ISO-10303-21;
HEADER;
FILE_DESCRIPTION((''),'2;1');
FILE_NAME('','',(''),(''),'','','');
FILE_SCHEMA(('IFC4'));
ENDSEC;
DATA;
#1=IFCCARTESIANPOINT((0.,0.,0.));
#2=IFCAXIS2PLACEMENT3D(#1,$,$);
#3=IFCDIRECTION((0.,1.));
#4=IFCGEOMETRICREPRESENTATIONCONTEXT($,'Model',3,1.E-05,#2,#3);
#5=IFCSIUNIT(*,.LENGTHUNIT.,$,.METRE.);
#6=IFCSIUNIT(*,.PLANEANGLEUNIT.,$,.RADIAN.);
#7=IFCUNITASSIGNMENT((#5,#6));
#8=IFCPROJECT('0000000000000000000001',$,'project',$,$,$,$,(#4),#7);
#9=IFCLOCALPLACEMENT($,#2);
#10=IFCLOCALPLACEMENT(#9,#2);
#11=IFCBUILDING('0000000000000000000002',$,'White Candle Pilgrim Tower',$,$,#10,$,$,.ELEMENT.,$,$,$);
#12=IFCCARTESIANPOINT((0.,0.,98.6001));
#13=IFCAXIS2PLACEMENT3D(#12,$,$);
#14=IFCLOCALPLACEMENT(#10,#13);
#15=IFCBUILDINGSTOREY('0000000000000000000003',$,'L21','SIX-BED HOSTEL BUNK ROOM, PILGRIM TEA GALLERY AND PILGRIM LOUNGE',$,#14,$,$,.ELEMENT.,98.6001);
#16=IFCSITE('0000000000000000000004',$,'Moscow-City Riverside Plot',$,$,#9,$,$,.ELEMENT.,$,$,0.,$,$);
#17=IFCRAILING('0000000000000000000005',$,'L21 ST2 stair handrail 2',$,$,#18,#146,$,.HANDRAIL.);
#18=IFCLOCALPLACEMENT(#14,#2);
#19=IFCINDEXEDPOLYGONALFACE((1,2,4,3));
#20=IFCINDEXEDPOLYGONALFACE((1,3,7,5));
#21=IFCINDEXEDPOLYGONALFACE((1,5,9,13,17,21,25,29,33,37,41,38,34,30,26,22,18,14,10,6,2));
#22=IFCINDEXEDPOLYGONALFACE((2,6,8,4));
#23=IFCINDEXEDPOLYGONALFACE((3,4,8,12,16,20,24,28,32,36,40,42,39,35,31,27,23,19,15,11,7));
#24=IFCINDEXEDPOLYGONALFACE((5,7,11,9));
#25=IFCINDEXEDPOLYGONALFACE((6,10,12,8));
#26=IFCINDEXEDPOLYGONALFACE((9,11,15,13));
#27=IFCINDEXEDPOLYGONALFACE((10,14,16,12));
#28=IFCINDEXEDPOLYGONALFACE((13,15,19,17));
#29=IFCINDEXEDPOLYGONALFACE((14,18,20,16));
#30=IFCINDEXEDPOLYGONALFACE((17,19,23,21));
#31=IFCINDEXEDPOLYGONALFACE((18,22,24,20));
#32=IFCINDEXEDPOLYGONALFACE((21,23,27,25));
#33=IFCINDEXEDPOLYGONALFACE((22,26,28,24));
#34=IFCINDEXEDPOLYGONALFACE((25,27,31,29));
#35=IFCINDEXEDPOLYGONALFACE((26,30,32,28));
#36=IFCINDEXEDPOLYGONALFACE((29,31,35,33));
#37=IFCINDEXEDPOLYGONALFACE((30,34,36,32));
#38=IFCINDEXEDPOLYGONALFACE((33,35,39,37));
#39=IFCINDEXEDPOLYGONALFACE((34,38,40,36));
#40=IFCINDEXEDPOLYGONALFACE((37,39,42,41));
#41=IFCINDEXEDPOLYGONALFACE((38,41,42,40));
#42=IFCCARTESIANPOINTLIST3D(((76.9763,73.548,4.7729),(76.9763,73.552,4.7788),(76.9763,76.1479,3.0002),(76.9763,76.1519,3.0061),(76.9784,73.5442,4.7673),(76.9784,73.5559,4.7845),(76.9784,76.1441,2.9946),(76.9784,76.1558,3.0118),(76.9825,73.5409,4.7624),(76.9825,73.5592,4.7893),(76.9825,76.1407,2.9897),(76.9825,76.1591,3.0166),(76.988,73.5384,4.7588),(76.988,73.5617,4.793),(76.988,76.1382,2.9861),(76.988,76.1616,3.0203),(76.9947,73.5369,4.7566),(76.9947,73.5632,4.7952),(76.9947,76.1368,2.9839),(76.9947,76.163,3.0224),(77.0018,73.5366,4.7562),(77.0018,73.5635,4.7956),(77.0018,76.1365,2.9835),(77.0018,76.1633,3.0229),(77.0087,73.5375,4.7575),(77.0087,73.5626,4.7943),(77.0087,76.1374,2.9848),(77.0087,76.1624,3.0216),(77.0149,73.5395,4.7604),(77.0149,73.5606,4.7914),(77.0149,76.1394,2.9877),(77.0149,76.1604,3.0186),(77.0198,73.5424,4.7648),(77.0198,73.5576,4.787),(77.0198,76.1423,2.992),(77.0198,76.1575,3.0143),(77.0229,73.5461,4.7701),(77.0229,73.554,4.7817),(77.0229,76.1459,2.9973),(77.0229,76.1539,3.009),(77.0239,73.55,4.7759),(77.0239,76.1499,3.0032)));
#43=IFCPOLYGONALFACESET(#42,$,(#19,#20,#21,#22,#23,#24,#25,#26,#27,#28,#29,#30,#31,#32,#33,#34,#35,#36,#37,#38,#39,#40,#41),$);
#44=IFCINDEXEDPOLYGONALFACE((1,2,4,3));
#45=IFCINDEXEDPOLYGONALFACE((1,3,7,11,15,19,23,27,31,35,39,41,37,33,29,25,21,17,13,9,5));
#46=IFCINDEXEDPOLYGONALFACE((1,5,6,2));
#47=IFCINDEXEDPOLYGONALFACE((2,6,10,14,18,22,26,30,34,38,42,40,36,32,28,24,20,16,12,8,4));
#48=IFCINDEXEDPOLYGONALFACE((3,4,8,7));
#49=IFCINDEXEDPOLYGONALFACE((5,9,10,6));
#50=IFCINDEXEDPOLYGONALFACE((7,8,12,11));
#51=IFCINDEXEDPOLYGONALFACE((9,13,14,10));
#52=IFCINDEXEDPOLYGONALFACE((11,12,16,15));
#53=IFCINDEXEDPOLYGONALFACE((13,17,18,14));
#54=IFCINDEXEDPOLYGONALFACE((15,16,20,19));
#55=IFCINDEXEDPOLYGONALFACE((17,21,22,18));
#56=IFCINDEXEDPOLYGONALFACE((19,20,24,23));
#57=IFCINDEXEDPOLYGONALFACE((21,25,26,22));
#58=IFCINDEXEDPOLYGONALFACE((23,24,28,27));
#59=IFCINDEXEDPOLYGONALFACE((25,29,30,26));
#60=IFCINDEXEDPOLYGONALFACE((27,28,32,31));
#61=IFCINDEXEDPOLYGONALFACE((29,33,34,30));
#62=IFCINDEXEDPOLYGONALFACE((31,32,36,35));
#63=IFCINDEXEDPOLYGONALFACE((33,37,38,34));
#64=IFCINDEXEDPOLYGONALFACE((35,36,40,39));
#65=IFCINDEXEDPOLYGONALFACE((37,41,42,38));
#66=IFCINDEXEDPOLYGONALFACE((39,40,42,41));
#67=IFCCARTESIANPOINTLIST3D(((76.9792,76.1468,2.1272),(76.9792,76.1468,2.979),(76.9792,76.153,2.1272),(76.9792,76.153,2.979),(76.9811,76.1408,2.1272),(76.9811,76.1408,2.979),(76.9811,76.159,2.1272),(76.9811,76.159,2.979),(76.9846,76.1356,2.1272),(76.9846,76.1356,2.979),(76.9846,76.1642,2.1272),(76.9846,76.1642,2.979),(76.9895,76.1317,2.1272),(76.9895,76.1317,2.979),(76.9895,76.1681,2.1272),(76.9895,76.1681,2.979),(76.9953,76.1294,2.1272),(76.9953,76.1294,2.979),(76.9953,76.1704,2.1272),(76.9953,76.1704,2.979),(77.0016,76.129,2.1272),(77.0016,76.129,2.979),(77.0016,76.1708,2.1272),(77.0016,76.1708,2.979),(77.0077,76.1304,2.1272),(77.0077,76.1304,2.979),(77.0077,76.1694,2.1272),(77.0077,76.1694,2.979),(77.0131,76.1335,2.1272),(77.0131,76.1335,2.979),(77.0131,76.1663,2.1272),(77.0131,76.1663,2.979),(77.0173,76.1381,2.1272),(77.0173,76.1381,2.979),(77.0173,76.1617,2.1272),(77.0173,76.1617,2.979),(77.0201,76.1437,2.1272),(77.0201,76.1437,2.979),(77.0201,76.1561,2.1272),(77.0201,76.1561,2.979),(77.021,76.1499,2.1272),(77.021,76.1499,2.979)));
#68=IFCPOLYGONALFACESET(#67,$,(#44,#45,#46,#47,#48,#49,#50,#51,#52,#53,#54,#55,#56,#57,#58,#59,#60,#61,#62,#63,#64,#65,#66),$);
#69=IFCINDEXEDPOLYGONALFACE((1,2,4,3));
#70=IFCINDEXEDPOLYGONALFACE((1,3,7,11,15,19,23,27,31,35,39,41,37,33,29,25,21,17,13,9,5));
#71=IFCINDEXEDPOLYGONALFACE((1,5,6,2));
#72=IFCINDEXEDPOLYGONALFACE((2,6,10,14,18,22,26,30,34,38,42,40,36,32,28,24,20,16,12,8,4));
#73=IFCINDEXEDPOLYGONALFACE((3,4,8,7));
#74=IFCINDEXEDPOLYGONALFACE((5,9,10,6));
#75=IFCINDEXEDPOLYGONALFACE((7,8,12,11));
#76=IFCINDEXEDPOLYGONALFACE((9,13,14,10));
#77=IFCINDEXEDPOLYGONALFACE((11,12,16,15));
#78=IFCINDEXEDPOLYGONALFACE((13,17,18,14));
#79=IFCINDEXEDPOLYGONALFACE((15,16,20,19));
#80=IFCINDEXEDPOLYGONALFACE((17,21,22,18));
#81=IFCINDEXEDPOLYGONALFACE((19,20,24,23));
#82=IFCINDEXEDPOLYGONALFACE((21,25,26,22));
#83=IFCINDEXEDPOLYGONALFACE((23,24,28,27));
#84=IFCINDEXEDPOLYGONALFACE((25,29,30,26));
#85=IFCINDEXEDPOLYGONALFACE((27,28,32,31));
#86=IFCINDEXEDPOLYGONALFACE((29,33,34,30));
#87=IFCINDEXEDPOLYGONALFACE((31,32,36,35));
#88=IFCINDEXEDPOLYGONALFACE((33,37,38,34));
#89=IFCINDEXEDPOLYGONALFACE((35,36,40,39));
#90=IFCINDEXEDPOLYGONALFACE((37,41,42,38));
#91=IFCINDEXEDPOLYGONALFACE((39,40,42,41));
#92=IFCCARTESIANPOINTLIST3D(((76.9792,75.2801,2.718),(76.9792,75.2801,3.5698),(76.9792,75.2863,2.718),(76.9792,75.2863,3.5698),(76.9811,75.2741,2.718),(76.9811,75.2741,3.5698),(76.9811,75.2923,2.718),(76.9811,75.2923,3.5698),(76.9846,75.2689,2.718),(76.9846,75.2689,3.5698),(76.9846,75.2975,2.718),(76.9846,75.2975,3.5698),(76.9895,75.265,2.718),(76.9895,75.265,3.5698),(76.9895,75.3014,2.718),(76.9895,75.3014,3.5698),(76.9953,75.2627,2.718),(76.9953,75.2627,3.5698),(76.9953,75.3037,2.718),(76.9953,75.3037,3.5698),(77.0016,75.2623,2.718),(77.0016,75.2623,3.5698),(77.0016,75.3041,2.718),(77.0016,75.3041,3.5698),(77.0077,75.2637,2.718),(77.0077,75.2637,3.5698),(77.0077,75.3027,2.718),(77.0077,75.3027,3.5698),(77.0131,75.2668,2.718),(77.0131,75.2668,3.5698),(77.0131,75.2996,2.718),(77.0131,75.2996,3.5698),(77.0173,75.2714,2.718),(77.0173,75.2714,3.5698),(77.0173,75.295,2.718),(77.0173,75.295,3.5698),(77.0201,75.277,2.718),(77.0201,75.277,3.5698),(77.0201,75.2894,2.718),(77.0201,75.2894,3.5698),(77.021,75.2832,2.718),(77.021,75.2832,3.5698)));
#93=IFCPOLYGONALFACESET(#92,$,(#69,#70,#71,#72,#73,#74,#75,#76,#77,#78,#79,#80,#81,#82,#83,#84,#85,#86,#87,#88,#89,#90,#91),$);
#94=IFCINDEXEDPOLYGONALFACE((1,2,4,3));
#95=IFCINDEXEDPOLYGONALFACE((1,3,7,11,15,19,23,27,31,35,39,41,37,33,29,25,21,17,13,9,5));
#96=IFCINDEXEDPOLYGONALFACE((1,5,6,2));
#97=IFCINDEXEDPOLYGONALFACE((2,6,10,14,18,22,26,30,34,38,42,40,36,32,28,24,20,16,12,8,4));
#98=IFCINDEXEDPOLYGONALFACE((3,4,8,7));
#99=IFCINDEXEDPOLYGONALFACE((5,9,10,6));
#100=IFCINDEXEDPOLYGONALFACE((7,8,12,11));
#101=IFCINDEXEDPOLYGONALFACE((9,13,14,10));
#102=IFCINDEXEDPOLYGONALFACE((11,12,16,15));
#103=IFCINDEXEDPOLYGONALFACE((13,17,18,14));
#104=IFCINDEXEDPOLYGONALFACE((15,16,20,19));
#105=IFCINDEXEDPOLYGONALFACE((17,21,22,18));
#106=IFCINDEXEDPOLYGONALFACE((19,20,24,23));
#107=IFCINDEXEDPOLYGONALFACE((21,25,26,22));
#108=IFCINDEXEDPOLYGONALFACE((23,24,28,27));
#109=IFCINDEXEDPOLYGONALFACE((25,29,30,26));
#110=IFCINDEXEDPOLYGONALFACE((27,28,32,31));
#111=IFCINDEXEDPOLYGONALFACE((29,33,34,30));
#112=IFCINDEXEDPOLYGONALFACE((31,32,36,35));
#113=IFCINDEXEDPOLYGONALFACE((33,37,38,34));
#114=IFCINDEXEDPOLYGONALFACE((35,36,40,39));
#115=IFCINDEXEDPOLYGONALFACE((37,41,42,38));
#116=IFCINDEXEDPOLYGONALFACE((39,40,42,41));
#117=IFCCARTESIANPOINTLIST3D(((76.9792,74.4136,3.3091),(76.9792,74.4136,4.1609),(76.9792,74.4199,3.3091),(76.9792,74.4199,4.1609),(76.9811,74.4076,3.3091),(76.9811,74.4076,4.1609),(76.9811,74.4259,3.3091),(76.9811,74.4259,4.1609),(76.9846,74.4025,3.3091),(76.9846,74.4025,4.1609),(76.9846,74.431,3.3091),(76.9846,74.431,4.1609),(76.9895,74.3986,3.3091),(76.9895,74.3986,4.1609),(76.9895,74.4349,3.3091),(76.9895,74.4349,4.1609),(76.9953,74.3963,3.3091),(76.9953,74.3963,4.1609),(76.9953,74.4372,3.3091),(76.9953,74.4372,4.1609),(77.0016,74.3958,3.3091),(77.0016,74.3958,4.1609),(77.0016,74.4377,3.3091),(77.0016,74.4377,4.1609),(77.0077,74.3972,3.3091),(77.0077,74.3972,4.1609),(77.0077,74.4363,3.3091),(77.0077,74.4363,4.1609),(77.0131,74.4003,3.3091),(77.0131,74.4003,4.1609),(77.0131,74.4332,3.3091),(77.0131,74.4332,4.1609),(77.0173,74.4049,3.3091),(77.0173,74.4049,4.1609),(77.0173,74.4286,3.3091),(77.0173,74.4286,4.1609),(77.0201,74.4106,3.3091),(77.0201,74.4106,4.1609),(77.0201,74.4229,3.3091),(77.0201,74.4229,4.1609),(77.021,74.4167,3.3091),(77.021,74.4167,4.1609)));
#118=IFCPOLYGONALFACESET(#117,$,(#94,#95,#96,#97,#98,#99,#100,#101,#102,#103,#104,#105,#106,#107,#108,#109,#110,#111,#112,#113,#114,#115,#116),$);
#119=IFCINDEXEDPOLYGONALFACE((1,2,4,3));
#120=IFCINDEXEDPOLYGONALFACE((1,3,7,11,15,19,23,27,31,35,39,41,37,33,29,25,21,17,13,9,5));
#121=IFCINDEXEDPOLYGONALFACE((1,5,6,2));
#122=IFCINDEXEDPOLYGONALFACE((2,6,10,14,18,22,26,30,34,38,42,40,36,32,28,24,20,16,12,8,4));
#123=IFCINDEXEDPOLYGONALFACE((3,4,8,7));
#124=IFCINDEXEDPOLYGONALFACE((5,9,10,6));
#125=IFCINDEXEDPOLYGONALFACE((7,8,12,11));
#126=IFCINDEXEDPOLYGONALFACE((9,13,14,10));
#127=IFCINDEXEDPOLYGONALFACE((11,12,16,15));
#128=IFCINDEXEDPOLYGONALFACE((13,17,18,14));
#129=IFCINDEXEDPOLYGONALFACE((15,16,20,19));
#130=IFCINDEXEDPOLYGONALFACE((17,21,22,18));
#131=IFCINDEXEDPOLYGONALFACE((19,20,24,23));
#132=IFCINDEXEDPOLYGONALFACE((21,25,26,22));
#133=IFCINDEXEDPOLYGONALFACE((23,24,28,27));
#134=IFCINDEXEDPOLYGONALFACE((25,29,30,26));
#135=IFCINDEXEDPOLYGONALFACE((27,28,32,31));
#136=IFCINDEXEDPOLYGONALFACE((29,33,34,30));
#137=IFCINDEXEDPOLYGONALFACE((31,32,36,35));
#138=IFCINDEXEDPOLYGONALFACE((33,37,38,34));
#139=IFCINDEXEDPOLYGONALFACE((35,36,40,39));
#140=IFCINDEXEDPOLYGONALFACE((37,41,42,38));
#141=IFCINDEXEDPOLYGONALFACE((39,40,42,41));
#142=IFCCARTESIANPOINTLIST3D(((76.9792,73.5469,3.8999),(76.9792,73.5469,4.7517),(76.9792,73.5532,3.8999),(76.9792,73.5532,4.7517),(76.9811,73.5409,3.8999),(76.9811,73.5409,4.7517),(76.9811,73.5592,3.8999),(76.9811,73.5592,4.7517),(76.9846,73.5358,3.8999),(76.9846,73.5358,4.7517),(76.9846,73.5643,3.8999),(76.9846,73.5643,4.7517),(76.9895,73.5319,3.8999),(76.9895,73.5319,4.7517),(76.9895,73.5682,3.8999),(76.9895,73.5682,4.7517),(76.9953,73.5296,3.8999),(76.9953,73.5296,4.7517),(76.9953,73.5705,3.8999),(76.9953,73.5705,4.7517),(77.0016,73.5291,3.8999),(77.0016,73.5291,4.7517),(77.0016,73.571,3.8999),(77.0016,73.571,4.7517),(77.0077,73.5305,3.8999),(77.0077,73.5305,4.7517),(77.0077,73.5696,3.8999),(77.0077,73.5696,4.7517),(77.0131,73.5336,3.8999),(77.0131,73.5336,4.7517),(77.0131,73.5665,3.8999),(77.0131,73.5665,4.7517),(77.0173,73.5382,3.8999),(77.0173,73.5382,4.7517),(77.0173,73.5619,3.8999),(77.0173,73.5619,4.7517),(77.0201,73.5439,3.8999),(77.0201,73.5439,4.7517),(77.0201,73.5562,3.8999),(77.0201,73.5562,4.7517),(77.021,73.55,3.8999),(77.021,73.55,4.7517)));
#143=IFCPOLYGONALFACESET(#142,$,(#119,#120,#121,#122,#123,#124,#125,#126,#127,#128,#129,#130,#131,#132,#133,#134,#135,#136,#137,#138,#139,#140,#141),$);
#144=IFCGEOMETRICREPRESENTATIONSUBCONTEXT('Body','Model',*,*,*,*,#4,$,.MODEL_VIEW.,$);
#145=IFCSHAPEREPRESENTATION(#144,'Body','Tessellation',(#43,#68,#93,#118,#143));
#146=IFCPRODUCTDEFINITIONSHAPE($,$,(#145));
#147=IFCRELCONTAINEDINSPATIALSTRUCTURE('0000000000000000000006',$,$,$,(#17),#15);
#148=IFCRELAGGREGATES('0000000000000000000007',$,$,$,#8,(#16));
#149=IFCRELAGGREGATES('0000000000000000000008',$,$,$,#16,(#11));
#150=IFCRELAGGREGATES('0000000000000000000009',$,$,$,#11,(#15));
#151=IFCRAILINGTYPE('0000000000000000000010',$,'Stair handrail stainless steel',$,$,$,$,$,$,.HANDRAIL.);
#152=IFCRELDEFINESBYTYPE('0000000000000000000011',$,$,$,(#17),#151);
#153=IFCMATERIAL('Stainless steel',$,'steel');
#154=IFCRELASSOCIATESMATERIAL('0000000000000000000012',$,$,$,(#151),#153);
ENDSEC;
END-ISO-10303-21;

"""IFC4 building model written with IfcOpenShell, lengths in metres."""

from ifc_helpers import new_model, si_unit, direction, frame, origin, origin_2d, place, context, subcontext, project, spatial, circle, extrude, material, type_object, element, save


model = new_model("IFC4")

# Units and contexts
model_context = context("Model", 3, precision=1e-05, world=origin(), true_north=direction((0.0, 1.0)))
body_context = subcontext(model_context, "Body", "Model", "MODEL_VIEW")
ifc_project = project(units=[si_unit("LENGTHUNIT", "METRE"), si_unit("PLANEANGLEUNIT", "RADIAN")], contexts=[model_context])

# Site, building, storey
site_placement = place(None, origin())
site = spatial("IfcSite", under=ifc_project, at=site_placement, Name="Moscow-City Riverside Plot", CompositionType="ELEMENT", RefElevation=0.0)
building_placement = place(site_placement, origin())
building = spatial("IfcBuilding", under=site, at=building_placement, Name="White Candle Pilgrim Tower", CompositionType="ELEMENT")
storey_placement = place(building_placement, frame((0.0, 0.0, 98.6001)))
storey = spatial("IfcBuildingStorey", under=building, at=storey_placement, Name="L21", Description="SIX-BED HOSTEL BUNK ROOM, PILGRIM TEA GALLERY AND PILGRIM LOUNGE", CompositionType="ELEMENT", Elevation=98.6001)

# Railing
ifc_material_1 = material(Name="Stainless steel", Category="steel")
railing_type_1 = type_object("IfcRailingType", Name="Stair handrail stainless steel", PredefinedType="HANDRAIL", material=ifc_material_1)
railing_1_placement = place(storey_placement, frame((77.0, 76.1499, 2.1272)))
element("IfcRailing", 1, at=railing_1_placement, inside=storey, type_object=railing_type_1, Name="L21 ST2 stair handrail 2", PredefinedType="HANDRAIL", context=body_context, shape_type="SweptSolid", body=[
    extrude(circle(Radius=0.0239, at=origin_2d()), frame((0.0, 0.0, 0.876), z_axis=(0.0, -0.826216, 0.563354), x_axis=(1.0, 0.0, 0.0)), (0.0, 0.0, 1.0), 3.1467),
    extrude(circle(Radius=0.021, at=origin_2d()), origin(), (0.0, 0.0, 1.0), 0.8518),
    extrude(circle(Radius=0.021, at=origin_2d()), frame((0.0, -0.8667, 0.5908)), (0.0, 0.0, 1.0), 0.8518),
    extrude(circle(Radius=0.021, at=origin_2d()), frame((0.0, -1.7332, 1.1819)), (0.0, 0.0, 1.0), 0.8518),
    extrude(circle(Radius=0.021, at=origin_2d()), frame((0.0, -2.5999, 1.7727)), (0.0, 0.0, 1.0), 0.8518),
])

save(model, "model.ifc")
